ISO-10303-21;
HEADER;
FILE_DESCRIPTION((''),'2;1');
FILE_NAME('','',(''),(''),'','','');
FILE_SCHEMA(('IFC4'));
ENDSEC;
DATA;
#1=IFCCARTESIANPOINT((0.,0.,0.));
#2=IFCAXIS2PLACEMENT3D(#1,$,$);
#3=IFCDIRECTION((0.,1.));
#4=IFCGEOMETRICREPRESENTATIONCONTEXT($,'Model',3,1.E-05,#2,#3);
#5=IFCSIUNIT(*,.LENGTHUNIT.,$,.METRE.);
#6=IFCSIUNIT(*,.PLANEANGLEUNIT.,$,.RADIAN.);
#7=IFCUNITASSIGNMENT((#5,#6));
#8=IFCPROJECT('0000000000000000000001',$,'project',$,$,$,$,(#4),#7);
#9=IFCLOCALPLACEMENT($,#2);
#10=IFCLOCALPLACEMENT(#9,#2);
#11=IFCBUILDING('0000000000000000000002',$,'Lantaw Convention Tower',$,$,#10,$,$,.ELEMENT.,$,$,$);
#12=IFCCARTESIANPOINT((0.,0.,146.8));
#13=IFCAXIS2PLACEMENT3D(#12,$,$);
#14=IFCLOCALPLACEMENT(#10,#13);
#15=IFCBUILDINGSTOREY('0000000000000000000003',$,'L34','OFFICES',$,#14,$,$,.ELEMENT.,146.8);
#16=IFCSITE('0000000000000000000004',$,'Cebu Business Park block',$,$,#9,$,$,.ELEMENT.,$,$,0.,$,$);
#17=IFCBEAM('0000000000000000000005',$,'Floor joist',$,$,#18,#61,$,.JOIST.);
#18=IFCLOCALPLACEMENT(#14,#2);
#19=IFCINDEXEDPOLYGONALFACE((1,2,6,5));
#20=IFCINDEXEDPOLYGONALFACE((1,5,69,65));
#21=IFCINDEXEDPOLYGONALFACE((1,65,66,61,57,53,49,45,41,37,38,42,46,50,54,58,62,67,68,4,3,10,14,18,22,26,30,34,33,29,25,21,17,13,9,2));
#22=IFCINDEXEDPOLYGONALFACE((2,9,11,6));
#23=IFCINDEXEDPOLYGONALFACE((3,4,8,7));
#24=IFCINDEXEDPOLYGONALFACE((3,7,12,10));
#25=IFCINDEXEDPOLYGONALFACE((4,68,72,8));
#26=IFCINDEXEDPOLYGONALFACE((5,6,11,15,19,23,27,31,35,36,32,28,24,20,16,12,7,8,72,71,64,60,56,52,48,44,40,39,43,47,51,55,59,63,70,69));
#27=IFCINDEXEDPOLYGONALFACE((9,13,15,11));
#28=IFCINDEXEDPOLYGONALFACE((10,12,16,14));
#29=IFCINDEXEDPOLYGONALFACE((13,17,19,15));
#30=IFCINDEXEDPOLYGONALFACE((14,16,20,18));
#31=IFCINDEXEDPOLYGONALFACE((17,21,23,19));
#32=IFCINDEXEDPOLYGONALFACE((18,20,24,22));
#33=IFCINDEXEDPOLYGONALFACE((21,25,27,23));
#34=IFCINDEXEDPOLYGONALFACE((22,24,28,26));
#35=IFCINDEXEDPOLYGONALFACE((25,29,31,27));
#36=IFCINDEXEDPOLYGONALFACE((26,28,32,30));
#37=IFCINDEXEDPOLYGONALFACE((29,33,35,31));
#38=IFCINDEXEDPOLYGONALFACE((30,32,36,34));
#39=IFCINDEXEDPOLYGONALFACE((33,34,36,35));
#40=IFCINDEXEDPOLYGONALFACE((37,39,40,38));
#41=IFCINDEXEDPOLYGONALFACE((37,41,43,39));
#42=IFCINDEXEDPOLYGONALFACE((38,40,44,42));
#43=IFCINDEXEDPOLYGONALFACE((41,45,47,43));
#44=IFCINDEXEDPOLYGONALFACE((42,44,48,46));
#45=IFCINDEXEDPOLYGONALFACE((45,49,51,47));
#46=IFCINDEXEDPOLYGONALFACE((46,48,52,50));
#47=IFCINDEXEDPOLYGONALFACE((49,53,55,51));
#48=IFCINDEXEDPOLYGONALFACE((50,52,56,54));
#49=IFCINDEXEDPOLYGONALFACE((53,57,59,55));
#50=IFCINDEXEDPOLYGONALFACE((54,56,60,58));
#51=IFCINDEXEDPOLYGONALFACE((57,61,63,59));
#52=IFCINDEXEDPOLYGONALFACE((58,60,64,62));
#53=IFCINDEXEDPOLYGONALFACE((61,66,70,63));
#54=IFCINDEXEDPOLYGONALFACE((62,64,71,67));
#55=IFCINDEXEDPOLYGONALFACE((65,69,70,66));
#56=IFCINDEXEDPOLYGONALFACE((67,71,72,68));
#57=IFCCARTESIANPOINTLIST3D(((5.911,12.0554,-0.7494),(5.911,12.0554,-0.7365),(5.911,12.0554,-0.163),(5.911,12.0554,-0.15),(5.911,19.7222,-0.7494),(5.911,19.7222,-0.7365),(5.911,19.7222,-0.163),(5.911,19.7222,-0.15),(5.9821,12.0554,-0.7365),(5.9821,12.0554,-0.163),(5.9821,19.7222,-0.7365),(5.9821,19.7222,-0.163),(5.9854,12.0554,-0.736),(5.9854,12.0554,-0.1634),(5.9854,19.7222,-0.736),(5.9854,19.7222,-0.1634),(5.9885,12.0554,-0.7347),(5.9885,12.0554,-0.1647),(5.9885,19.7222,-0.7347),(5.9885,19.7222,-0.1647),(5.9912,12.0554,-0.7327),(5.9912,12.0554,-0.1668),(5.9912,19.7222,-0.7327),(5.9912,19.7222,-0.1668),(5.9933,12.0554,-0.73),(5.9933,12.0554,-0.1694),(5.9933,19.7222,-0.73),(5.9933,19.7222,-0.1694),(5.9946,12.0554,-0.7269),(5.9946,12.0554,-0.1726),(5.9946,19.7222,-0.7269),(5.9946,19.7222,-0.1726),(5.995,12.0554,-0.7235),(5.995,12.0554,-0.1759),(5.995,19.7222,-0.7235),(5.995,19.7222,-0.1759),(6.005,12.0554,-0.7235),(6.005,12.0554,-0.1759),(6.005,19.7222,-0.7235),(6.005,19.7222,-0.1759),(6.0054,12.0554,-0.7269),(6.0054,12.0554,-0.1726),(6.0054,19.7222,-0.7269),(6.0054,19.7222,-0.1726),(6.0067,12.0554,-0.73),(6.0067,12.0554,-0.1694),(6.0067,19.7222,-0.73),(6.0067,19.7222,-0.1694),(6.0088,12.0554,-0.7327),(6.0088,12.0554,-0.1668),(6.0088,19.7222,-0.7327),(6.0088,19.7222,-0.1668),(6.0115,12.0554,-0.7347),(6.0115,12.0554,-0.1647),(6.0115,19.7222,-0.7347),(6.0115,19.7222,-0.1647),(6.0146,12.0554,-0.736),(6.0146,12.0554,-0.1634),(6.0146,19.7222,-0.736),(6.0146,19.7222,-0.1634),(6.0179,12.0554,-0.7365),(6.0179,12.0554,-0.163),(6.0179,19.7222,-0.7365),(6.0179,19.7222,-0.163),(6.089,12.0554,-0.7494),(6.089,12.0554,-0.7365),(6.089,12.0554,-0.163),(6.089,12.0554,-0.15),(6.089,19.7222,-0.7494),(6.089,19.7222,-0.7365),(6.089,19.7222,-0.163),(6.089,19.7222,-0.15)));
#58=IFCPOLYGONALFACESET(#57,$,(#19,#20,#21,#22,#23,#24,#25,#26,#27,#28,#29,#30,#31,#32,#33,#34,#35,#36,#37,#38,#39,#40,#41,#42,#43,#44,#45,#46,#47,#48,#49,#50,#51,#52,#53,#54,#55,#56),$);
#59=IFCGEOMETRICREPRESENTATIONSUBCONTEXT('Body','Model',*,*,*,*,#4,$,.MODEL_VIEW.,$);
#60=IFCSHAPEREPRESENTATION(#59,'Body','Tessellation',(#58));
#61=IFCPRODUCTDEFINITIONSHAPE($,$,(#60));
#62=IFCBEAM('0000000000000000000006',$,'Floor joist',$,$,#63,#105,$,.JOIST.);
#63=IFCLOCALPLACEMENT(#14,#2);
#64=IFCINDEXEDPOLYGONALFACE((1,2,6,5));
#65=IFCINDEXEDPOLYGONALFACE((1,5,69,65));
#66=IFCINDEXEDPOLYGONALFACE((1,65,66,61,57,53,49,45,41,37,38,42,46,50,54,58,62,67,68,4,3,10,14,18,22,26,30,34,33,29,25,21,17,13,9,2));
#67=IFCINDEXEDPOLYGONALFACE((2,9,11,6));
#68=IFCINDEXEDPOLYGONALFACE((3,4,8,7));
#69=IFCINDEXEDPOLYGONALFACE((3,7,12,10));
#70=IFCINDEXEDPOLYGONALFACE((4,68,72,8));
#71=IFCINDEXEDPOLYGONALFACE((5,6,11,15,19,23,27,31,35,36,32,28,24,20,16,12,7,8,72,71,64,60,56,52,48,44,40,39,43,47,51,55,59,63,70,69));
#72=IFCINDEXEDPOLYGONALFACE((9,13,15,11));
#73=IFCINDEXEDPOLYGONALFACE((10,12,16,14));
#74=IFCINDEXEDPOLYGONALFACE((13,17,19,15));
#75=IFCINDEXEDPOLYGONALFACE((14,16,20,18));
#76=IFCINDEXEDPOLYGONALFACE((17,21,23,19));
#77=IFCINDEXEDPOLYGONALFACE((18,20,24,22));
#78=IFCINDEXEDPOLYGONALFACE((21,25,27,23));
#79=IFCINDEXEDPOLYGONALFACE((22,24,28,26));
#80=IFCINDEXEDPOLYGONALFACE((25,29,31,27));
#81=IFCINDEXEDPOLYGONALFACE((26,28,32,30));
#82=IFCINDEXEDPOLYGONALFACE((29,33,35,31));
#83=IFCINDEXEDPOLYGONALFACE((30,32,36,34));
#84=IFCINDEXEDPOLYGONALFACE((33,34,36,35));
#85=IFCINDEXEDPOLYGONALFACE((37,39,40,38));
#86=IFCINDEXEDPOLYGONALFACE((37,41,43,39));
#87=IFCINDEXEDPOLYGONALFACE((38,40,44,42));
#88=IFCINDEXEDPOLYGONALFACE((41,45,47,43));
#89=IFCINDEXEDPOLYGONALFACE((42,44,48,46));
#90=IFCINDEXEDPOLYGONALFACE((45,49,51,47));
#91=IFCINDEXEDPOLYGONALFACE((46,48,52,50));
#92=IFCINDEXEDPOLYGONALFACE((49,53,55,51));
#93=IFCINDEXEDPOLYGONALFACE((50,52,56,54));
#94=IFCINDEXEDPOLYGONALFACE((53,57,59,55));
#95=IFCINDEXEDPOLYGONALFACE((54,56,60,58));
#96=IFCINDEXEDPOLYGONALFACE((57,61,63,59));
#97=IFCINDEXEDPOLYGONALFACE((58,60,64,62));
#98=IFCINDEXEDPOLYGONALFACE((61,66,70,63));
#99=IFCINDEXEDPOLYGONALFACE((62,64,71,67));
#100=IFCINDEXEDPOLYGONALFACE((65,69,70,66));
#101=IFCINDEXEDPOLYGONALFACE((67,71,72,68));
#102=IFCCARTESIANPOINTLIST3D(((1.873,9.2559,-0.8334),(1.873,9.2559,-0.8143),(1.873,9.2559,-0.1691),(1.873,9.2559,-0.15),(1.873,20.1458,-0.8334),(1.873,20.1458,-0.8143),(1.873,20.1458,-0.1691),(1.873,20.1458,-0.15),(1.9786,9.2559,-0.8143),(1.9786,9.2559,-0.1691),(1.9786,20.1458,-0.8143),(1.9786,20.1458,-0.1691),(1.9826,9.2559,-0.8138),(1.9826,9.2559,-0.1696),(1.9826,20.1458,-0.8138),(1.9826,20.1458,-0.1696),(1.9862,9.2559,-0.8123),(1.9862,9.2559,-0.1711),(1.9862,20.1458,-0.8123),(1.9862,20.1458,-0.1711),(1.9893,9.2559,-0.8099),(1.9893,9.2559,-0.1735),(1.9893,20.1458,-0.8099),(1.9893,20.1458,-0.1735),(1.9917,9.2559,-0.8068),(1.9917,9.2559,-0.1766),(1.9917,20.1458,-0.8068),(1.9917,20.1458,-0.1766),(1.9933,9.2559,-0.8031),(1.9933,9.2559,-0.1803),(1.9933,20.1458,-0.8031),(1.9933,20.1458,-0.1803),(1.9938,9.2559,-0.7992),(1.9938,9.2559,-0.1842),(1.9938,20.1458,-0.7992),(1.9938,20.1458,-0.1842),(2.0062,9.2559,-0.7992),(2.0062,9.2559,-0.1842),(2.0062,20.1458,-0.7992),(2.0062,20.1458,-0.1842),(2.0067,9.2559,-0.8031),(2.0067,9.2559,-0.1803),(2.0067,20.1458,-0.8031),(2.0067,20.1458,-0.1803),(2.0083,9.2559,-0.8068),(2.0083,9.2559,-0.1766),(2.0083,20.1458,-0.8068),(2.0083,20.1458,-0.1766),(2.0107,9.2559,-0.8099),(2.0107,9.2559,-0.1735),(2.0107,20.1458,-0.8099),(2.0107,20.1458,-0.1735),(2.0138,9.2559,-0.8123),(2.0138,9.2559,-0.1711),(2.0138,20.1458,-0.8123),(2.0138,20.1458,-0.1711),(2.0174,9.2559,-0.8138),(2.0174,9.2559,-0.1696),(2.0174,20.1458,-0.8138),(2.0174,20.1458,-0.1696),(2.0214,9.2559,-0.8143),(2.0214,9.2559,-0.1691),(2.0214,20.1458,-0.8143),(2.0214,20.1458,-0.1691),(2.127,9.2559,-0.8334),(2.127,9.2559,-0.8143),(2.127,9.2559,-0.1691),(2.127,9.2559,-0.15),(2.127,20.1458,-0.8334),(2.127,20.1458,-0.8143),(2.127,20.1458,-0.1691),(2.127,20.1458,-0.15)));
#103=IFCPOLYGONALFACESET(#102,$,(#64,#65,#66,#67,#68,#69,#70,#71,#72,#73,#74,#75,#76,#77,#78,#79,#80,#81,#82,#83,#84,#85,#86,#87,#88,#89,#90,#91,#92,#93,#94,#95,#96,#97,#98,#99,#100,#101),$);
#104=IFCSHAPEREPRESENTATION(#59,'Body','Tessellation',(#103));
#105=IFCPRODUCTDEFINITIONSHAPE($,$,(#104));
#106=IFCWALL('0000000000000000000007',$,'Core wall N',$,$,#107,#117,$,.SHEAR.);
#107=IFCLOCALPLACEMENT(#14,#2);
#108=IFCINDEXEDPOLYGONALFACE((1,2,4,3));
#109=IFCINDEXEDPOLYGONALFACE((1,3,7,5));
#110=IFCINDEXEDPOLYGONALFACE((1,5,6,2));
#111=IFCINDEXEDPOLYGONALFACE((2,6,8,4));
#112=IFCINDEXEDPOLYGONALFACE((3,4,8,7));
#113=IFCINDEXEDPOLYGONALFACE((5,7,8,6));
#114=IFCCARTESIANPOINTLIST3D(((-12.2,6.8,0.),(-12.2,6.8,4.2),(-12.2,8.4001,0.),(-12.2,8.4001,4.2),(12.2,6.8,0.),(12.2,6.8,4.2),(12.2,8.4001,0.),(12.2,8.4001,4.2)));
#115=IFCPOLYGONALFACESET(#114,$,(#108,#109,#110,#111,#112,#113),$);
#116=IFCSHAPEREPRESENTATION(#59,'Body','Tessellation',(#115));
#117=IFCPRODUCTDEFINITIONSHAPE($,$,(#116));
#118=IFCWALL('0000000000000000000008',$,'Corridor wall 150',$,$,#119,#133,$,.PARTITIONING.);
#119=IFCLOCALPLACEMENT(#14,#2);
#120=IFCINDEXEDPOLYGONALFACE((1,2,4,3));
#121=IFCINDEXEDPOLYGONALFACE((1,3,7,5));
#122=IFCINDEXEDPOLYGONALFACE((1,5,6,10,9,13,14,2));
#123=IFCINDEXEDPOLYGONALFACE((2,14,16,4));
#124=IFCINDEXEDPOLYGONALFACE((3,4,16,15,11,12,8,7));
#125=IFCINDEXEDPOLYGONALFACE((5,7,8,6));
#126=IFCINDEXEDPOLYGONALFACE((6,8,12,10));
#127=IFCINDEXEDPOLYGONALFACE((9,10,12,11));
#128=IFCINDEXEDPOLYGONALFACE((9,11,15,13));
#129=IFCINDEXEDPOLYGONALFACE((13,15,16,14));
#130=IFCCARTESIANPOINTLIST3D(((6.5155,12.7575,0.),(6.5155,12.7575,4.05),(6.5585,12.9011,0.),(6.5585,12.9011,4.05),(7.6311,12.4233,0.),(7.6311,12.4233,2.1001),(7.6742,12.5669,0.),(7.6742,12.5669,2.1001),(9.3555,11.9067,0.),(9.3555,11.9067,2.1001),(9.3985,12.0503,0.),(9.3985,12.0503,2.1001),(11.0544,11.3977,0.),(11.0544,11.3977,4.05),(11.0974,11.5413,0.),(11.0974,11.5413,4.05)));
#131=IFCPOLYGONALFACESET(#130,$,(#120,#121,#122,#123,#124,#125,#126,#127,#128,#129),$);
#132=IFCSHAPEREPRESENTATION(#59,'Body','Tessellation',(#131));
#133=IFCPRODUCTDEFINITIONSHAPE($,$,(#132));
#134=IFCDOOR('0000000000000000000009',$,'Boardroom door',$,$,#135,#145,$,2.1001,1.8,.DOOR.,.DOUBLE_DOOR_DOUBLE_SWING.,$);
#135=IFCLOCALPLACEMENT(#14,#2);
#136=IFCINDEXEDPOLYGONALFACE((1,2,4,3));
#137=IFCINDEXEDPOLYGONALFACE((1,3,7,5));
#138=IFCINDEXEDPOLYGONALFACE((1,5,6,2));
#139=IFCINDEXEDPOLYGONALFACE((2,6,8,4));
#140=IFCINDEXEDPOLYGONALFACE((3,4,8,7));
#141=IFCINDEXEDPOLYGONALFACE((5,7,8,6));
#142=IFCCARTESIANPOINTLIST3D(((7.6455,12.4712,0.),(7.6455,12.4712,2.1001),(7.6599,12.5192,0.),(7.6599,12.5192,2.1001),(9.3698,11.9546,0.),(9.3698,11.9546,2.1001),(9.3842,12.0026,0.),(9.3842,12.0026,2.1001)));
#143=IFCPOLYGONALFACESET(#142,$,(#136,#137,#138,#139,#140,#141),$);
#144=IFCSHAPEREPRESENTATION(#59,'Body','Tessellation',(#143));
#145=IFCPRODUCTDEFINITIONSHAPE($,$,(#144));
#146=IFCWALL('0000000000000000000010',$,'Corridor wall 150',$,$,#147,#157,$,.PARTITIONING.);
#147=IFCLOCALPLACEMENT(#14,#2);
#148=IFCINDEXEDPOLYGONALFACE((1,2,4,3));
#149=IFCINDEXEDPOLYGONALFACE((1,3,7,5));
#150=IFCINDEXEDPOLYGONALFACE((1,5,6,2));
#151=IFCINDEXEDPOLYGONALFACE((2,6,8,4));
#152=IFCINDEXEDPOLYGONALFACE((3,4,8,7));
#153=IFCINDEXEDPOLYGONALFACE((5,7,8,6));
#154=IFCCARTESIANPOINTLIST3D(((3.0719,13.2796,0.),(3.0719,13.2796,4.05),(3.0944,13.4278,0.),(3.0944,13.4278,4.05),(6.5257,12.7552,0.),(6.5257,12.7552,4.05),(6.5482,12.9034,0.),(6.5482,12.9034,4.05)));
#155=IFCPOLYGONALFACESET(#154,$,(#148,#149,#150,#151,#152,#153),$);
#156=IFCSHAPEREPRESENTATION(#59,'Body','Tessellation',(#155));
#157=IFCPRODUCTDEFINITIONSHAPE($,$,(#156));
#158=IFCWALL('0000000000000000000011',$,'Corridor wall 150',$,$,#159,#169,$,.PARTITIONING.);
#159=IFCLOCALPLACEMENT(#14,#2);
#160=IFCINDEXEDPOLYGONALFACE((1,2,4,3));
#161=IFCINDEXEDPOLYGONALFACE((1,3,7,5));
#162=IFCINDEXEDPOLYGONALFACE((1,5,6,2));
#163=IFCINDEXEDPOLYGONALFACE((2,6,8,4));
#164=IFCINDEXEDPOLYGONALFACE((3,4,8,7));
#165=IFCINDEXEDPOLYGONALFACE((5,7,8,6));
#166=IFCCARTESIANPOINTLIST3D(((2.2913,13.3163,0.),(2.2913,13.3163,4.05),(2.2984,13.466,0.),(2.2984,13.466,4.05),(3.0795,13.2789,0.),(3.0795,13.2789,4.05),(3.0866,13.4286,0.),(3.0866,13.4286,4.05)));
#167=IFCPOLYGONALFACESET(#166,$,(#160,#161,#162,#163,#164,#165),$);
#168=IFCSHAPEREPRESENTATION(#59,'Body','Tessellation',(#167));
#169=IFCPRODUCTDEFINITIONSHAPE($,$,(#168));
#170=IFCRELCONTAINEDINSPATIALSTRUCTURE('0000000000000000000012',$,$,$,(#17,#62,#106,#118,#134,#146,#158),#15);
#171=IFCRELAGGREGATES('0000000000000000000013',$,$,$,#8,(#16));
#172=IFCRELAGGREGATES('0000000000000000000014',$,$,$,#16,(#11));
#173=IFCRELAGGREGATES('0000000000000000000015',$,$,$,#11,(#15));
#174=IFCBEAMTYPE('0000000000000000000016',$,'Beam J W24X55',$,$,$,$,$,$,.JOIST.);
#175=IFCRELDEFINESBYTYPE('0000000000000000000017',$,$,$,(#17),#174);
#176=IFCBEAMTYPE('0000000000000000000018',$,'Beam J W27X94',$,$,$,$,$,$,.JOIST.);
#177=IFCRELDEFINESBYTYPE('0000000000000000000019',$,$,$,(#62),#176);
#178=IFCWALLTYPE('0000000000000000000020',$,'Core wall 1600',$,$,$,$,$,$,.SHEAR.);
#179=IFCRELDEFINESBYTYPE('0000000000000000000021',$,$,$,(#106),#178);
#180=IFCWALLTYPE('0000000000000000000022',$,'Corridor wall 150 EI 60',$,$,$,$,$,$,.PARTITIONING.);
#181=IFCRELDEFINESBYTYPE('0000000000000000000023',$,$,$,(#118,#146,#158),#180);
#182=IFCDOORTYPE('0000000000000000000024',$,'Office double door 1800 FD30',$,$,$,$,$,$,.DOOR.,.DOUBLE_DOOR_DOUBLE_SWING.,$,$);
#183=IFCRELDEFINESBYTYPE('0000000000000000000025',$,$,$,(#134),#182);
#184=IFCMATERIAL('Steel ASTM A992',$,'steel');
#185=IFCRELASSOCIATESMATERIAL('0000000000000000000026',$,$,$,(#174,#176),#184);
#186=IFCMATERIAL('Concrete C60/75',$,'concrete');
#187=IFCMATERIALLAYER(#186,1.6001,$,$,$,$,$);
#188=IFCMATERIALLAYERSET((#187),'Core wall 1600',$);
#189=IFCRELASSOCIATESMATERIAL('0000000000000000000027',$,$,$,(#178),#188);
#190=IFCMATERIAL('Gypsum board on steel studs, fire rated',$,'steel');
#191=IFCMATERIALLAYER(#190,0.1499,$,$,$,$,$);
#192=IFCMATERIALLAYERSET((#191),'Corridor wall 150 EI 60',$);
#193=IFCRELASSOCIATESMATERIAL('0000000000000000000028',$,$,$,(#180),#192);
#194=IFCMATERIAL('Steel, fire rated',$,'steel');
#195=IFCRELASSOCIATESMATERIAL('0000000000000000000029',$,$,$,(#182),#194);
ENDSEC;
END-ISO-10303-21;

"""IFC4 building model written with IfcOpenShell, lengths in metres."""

from ifc_helpers import new_model, si_unit, direction, frame, frame_2d, origin, origin_2d, place, context, subcontext, project, spatial, rectangle, i_section, extrude, material, layer, layer_set, material_profile, profile_set, type_object, element, fill, save


model = new_model("IFC4")

# Units and contexts
model_context = context("Model", 3, precision=1e-05, world=origin(), true_north=direction((0.0, 1.0)))
body_context = subcontext(model_context, "Body", "Model", "MODEL_VIEW")
ifc_project = project(units=[si_unit("LENGTHUNIT", "METRE"), si_unit("PLANEANGLEUNIT", "RADIAN")], contexts=[model_context])

# Site, building, storey
site_placement = place(None, origin())
site = spatial("IfcSite", under=ifc_project, at=site_placement, Name="Cebu Business Park block", CompositionType="ELEMENT", RefElevation=0.0)
building_placement = place(site_placement, origin())
building = spatial("IfcBuilding", under=site, at=building_placement, Name="Lantaw Convention Tower", CompositionType="ELEMENT")
storey_placement = place(building_placement, frame((0.0, 0.0, 146.8)))
storey = spatial("IfcBuildingStorey", under=building, at=storey_placement, Name="L34", Description="OFFICES", CompositionType="ELEMENT", Elevation=146.8)

# Beams
ifc_material_1 = material(Name="Steel ASTM A992", Category="steel")
ifc_material_profile_1 = material_profile(ifc_material_1, i_section(OverallWidth=0.178, OverallDepth=0.5994, WebThickness=0.01, FlangeThickness=0.0129, FilletRadius=0.0129, at=origin_2d()), Name="W24X55")
ifc_profile_set_1 = profile_set([ifc_material_profile_1], Name="Steel ASTM A992")
beam_type_1 = type_object("IfcBeamType", Name="Beam J W24X55", PredefinedType="JOIST", material=ifc_profile_set_1)
beam_1_placement = place(storey_placement, frame((6.0, 12.0554, -0.4497), z_axis=(0.0, 1.0, 0.0), x_axis=(-1.0, 0.0, 0.0)))
element("IfcBeam", 1, at=beam_1_placement, inside=storey, type_object=beam_type_1, Name="Floor joist", PredefinedType="JOIST", context=body_context, shape_type="SweptSolid", body=[
    extrude(i_section(OverallWidth=0.178, OverallDepth=0.5994, WebThickness=0.01, FlangeThickness=0.0129, FilletRadius=0.0129, at=origin_2d()), origin(), (0.0, 0.0, 1.0), 7.6667),
])
ifc_material_profile_2 = material_profile(ifc_material_1, i_section(OverallWidth=0.2539, OverallDepth=0.6833, WebThickness=0.0125, FlangeThickness=0.019, FilletRadius=0.0151, at=origin_2d()), Name="W27X94")
ifc_profile_set_2 = profile_set([ifc_material_profile_2], Name="Steel ASTM A992")
beam_type_2 = type_object("IfcBeamType", Name="Beam J W27X94", PredefinedType="JOIST", material=ifc_profile_set_2)
beam_2_placement = place(storey_placement, frame((2.0, 9.2559, -0.4917), z_axis=(0.0, 1.0, 0.0), x_axis=(-1.0, 0.0, 0.0)))
element("IfcBeam", 2, at=beam_2_placement, inside=storey, type_object=beam_type_2, Name="Floor joist", PredefinedType="JOIST", context=body_context, shape_type="SweptSolid", body=[
    extrude(i_section(OverallWidth=0.2539, OverallDepth=0.6833, WebThickness=0.0125, FlangeThickness=0.019, FilletRadius=0.0151, at=origin_2d()), origin(), (0.0, 0.0, 1.0), 10.8899),
])

# Wall
ifc_material_2 = material(Name="Concrete C60/75", Category="concrete")
ifc_layer_1 = layer(ifc_material_2, 1.6001)
ifc_layer_set_1 = layer_set([ifc_layer_1], Name="Core wall 1600")
wall_type_1 = type_object("IfcWallType", Name="Core wall 1600", PredefinedType="SHEAR", material=ifc_layer_set_1)
wall_1_placement = place(storey_placement, frame((12.2, 7.6001, 0.0), z_axis=(0.0, 0.0, 1.0), x_axis=(-1.0, 0.0, 0.0)))
element("IfcWall", 3, at=wall_1_placement, inside=storey, type_object=wall_type_1, Name="Core wall N", PredefinedType="SHEAR", context=body_context, shape_type="SweptSolid", body=[
    extrude(rectangle(XDim=24.3999, YDim=1.6001, at=frame_2d((12.2, 0.0))), origin(), (0.0, 0.0, 1.0), 4.2),
])

# Wall, opening, door
ifc_material_3 = material(Name="Gypsum board on steel studs, fire rated", Category="steel")
ifc_layer_2 = layer(ifc_material_3, 0.1499)
ifc_layer_set_2 = layer_set([ifc_layer_2], Name="Corridor wall 150 EI 60")
wall_type_2 = type_object("IfcWallType", Name="Corridor wall 150 EI 60", PredefinedType="PARTITIONING", material=ifc_layer_set_2)
wall_2_placement = place(storey_placement, frame((11.0759, 11.4695, 0.0), z_axis=(0.0, 0.0, 1.0), x_axis=(-0.957934, 0.286989, 0.0)))
wall_2 = element("IfcWall", 4, at=wall_2_placement, inside=storey, type_object=wall_type_2, Name="Corridor wall 150", PredefinedType="PARTITIONING", context=body_context, shape_type="SweptSolid", body=[
    extrude(rectangle(XDim=4.7383, YDim=0.1499, at=frame_2d((2.3691, 0.0))), origin(), (0.0, 0.0, 1.0), 4.05),
])
opening_1_placement = place(wall_2_placement, frame((1.7737, 0.0, 0.0)))
opening_1 = element("IfcOpeningElement", 5, at=opening_1_placement, cuts=wall_2, PredefinedType="OPENING", context=body_context, shape_type="SweptSolid", body=[
    extrude(rectangle(XDim=1.8, YDim=2.1001, at=frame_2d((0.8999, 1.05))), frame((0.0, 0.085, 0.0), z_axis=(0.0, -1.0, 0.0), x_axis=(1.0, 0.0, 0.0)), (0.0, 0.0, 1.0), 0.1699),
])
ifc_material_4 = material(Name="Steel, fire rated", Category="steel")
door_type_1 = type_object("IfcDoorType", Name="Office double door 1800 FD30", OperationType="DOUBLE_DOOR_DOUBLE_SWING", PredefinedType="DOOR", material=ifc_material_4)
door_1_placement = place(opening_1_placement, origin())
door_1 = element("IfcDoor", 6, at=door_1_placement, inside=storey, type_object=door_type_1, Name="Boardroom door", OperationType="DOUBLE_DOOR_DOUBLE_SWING", OverallHeight=2.1001, OverallWidth=1.8, PredefinedType="DOOR", context=body_context, shape_type="SweptSolid", body=[
    extrude(rectangle(XDim=1.8, YDim=2.1001, at=frame_2d((0.8999, 1.05))), frame((0.0, 0.0249, 0.0), z_axis=(0.0, -1.0, 0.0), x_axis=(1.0, 0.0, 0.0)), (0.0, 0.0, 1.0), 0.05),
])
fill(opening_1, door_1)

# Walls
wall_3_placement = place(storey_placement, frame((6.5369, 12.8293, 0.0), z_axis=(0.0, 0.0, 1.0), x_axis=(-0.988669, 0.150114, 0.0)))
element("IfcWall", 7, at=wall_3_placement, inside=storey, type_object=wall_type_2, Name="Corridor wall 150", PredefinedType="PARTITIONING", context=body_context, shape_type="SweptSolid", body=[
    extrude(rectangle(XDim=3.4934, YDim=0.1499, at=frame_2d((1.7466, 0.0))), origin(), (0.0, 0.0, 1.0), 4.05),
])
wall_4_placement = place(storey_placement, frame((3.083, 13.3538, 0.0), z_axis=(0.0, 0.0, 1.0), x_axis=(-0.998879, 0.047345, 0.0)))
element("IfcWall", 8, at=wall_4_placement, inside=storey, type_object=wall_type_2, Name="Corridor wall 150", PredefinedType="PARTITIONING", context=body_context, shape_type="SweptSolid", body=[
    extrude(rectangle(XDim=0.7891, YDim=0.1499, at=frame_2d((0.3945, 0.0))), origin(), (0.0, 0.0, 1.0), 4.05),
])

save(model, "model.ifc")
